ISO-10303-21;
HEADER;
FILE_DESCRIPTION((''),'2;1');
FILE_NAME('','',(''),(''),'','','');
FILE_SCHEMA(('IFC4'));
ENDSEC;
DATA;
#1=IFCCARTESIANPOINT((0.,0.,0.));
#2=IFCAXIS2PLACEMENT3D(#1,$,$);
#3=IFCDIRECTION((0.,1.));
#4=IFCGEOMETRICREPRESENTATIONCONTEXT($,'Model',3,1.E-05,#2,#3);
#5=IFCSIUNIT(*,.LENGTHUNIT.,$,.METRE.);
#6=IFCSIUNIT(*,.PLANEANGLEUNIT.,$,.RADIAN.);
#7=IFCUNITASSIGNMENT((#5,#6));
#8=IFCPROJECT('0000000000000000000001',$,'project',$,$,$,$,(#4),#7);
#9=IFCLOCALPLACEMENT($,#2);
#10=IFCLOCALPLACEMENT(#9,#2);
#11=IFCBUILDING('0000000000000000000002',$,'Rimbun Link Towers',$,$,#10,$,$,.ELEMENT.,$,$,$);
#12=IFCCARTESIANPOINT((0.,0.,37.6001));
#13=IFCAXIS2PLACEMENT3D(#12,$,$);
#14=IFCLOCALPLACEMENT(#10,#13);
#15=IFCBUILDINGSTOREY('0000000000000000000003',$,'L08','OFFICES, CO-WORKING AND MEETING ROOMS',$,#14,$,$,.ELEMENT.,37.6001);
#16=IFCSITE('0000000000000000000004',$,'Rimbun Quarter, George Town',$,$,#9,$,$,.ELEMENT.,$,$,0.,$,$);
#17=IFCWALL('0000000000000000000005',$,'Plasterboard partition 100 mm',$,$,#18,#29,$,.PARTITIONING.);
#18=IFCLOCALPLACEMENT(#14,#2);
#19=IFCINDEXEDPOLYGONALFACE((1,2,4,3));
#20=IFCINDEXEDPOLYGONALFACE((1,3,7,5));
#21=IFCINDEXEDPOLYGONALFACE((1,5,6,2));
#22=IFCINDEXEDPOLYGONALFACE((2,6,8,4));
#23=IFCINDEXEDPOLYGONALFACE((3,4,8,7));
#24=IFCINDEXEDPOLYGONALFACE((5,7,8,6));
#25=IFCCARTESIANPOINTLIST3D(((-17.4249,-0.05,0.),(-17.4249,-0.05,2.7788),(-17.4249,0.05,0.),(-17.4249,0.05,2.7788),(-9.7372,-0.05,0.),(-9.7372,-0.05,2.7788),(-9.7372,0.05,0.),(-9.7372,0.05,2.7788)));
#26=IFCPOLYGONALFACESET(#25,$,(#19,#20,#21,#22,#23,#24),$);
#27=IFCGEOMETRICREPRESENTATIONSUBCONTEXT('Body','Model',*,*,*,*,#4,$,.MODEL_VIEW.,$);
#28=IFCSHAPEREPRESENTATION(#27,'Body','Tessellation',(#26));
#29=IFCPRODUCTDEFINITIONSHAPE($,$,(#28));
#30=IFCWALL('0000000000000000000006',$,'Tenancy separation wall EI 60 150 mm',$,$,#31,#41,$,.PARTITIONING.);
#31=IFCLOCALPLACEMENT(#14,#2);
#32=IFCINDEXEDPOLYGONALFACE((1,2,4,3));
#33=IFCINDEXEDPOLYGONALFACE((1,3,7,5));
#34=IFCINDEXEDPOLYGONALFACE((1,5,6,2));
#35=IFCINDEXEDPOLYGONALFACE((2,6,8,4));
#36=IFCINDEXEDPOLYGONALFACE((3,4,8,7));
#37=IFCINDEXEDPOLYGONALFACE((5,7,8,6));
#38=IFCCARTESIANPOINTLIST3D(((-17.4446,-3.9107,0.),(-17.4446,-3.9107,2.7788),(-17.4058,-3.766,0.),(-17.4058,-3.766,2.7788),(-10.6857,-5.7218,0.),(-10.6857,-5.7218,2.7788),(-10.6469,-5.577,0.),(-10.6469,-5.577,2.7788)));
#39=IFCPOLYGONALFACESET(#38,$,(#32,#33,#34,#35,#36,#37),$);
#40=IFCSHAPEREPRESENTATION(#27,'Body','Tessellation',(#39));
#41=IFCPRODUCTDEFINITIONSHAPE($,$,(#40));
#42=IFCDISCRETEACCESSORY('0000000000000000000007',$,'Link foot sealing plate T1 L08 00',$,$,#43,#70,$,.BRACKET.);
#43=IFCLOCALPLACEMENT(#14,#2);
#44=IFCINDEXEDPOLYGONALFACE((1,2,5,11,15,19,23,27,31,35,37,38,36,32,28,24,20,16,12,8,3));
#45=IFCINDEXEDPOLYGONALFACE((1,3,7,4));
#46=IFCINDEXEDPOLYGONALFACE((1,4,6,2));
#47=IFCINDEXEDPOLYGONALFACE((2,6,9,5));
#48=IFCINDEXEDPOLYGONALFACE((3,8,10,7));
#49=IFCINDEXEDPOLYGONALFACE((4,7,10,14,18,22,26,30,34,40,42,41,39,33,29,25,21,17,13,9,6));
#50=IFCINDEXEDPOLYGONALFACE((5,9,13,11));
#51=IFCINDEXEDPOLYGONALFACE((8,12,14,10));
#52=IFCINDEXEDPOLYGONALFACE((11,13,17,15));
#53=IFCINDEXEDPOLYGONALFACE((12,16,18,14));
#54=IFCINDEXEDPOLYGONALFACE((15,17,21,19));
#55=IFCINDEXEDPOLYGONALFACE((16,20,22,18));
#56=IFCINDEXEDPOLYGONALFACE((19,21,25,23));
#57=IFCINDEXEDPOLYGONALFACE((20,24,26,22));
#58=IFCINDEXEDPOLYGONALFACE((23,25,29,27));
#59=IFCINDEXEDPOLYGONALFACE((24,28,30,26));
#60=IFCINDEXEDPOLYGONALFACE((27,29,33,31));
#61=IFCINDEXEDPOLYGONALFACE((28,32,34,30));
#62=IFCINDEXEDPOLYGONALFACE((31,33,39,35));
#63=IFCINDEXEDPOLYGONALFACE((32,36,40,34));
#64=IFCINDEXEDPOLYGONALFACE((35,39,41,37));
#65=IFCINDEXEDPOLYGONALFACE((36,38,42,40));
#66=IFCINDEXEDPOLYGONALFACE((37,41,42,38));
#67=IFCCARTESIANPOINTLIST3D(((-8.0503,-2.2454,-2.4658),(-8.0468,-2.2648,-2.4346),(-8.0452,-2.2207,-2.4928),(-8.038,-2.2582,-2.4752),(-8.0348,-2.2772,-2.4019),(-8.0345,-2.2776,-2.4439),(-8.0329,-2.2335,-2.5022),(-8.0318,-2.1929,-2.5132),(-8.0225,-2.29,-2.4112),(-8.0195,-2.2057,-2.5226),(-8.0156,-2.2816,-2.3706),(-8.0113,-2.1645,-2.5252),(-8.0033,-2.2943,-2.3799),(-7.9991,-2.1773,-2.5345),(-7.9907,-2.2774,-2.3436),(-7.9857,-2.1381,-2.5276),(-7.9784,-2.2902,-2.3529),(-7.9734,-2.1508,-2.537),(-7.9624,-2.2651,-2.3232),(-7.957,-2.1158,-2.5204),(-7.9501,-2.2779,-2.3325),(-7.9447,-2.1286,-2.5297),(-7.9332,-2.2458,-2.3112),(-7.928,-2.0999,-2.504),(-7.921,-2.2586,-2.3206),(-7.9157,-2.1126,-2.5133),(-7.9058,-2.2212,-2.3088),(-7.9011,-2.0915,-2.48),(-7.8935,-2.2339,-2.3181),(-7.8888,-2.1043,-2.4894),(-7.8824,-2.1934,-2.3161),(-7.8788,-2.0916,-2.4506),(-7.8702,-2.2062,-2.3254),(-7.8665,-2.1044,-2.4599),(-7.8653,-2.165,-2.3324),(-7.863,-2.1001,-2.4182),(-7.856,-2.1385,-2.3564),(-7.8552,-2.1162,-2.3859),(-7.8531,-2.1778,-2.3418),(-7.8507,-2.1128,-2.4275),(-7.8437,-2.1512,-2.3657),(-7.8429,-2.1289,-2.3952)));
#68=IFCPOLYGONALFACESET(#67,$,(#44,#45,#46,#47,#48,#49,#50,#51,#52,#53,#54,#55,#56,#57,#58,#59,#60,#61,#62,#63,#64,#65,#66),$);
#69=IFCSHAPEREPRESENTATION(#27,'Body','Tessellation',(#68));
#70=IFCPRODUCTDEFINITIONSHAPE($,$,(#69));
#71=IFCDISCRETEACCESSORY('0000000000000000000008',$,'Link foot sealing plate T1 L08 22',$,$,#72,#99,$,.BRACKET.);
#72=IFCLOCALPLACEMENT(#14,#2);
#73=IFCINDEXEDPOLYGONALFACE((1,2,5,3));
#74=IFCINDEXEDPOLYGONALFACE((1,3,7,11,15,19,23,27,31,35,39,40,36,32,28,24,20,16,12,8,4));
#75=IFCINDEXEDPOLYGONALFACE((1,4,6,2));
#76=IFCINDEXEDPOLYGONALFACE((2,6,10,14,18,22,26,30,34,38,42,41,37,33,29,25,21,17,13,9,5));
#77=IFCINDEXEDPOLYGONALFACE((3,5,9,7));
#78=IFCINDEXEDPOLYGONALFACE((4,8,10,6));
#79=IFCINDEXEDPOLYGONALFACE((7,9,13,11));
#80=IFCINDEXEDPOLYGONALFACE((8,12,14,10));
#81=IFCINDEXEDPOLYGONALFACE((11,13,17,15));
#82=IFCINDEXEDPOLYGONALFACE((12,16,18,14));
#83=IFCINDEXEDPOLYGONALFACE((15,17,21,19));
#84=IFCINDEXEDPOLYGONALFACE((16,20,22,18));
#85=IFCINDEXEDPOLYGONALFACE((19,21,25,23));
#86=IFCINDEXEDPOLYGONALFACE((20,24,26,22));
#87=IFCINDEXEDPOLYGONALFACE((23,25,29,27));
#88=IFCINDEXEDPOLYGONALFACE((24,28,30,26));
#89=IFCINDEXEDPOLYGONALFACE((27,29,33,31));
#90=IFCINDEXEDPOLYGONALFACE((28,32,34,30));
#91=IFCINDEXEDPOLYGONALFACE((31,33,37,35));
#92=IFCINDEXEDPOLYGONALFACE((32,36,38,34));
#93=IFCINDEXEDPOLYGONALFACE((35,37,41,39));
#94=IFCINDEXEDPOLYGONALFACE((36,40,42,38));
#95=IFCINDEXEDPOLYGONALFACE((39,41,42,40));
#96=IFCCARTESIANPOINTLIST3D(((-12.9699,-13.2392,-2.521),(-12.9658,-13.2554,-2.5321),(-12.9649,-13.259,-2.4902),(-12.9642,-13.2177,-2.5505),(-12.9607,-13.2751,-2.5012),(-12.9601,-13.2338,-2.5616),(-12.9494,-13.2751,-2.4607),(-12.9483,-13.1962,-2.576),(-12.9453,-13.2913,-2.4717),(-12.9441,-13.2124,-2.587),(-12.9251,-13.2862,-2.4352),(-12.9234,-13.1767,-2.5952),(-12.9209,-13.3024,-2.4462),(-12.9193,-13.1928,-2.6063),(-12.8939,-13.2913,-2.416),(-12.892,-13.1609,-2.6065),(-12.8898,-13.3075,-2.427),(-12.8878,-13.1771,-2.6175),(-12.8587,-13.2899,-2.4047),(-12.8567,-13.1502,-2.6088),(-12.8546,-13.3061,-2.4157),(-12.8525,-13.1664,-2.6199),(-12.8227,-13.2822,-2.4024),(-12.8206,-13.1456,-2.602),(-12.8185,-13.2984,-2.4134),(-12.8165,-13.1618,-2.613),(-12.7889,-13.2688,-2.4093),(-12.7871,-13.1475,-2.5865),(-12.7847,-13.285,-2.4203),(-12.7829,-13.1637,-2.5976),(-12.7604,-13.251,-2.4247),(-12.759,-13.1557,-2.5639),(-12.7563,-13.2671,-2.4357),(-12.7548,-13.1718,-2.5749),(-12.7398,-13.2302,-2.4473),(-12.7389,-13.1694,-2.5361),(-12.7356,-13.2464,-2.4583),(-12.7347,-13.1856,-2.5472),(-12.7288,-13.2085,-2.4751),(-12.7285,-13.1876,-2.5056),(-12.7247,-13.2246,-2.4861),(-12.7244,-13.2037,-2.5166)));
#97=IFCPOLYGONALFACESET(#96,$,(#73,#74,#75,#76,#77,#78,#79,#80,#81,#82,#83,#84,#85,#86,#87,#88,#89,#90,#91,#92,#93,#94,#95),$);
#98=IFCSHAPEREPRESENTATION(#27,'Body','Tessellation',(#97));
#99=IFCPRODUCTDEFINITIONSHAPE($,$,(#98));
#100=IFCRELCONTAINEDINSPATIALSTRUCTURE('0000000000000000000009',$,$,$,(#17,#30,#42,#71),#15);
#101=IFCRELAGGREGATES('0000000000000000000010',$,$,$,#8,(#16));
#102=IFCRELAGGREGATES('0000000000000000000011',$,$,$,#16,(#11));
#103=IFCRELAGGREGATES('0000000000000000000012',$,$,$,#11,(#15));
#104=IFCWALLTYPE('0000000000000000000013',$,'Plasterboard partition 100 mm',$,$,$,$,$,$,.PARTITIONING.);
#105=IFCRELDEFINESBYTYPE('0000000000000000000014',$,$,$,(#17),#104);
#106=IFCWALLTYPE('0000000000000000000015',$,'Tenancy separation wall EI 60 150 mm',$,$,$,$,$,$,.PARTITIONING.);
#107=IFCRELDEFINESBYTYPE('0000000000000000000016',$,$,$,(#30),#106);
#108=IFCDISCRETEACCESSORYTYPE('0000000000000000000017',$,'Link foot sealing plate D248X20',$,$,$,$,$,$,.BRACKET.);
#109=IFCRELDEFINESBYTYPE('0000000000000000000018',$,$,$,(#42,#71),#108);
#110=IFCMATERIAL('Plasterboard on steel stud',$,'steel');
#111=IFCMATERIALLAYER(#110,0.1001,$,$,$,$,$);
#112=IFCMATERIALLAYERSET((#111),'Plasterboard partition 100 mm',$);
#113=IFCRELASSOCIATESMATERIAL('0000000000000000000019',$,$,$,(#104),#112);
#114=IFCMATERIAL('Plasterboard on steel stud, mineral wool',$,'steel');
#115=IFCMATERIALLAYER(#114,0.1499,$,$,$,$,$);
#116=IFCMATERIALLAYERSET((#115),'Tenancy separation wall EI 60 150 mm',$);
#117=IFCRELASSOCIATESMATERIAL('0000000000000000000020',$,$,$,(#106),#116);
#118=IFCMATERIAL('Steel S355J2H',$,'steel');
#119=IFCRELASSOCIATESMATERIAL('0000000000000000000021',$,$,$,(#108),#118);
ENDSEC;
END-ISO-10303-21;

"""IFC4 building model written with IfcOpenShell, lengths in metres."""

from ifc_helpers import new_model, si_unit, direction, frame, frame_2d, origin, origin_2d, place, context, subcontext, project, spatial, rectangle, circle, extrude, material, layer, layer_set, material_profile, profile_set, type_object, element, save


model = new_model("IFC4")

# Units and contexts
model_context = context("Model", 3, precision=1e-05, world=origin(), true_north=direction((0.0, 1.0)))
body_context = subcontext(model_context, "Body", "Model", "MODEL_VIEW")
ifc_project = project(units=[si_unit("LENGTHUNIT", "METRE"), si_unit("PLANEANGLEUNIT", "RADIAN")], contexts=[model_context])

# Site, building, storey
site_placement = place(None, origin())
site = spatial("IfcSite", under=ifc_project, at=site_placement, Name="Rimbun Quarter, George Town", CompositionType="ELEMENT", RefElevation=0.0)
building_placement = place(site_placement, origin())
building = spatial("IfcBuilding", under=site, at=building_placement, Name="Rimbun Link Towers", CompositionType="ELEMENT")
storey_placement = place(building_placement, frame((0.0, 0.0, 37.6001)))
storey = spatial("IfcBuildingStorey", under=building, at=storey_placement, Name="L08", Description="OFFICES, CO-WORKING AND MEETING ROOMS", CompositionType="ELEMENT", Elevation=37.6001)

# Shared definitions
ifc_material_1 = material(Name="Plasterboard on steel stud", Category="steel")
ifc_layer_1 = layer(ifc_material_1, 0.1001)
ifc_layer_set_1 = layer_set([ifc_layer_1], Name="Plasterboard partition 100 mm")
wall_type_1 = type_object("IfcWallType", Name="Plasterboard partition 100 mm", PredefinedType="PARTITIONING", material=ifc_layer_set_1)

# Walls
wall_1_placement = place(storey_placement, frame((-9.7373, 0.0, 0.0), z_axis=(0.0, 0.0, 1.0), x_axis=(-1.0, 0.0, 0.0)))
element("IfcWall", 1, at=wall_1_placement, inside=storey, type_object=wall_type_1, Name="Plasterboard partition 100 mm", PredefinedType="PARTITIONING", context=body_context, shape_type="SweptSolid", body=[
    extrude(rectangle(XDim=7.6877, YDim=0.1001, at=frame_2d((3.8438, 0.0))), origin(), (0.0, 0.0, 1.0), 2.7788),
])
ifc_material_2 = material(Name="Plasterboard on steel stud, mineral wool", Category="steel")
ifc_layer_2 = layer(ifc_material_2, 0.1499)
ifc_layer_set_2 = layer_set([ifc_layer_2], Name="Tenancy separation wall EI 60 150 mm")
wall_type_2 = type_object("IfcWallType", Name="Tenancy separation wall EI 60 150 mm", PredefinedType="PARTITIONING", material=ifc_layer_set_2)
wall_2_placement = place(storey_placement, frame((-17.425, -3.8384, 0.0), z_axis=(0.0, 0.0, 1.0), x_axis=(0.965925, -0.258822, 0.0)))
element("IfcWall", 2, at=wall_2_placement, inside=storey, type_object=wall_type_2, Name="Tenancy separation wall EI 60 150 mm", PredefinedType="PARTITIONING", context=body_context, shape_type="SweptSolid", body=[
    extrude(rectangle(XDim=6.9973, YDim=0.1499, at=frame_2d((3.4985, 0.0))), origin(), (0.0, 0.0, 1.0), 2.7788),
])

# Discrete accessories
ifc_material_3 = material(Name="Steel S355J2H", Category="steel")
ifc_material_profile_1 = material_profile(ifc_material_3, circle(Radius=0.124, at=origin_2d()), Name="PL D248")
ifc_profile_set_1 = profile_set([ifc_material_profile_1], Name="Steel S355J2H")
discrete_accessory_type = type_object("IfcDiscreteAccessoryType", Name="Link foot sealing plate D248X20", PredefinedType="BRACKET", material=ifc_profile_set_1)
for number, where, z_axis, x_axis, name in (
    (3, (-7.9524, -2.186, -2.4182), (0.613232, -0.637761, -0.466056), (0.720833, 0.693109, 0.0), "Link foot sealing plate T1 L08 00"),
    (4, (-12.8486, -13.2185, -2.5056), (0.208155, -0.80813, -0.550997), (0.968392, 0.249434, 0.0), "Link foot sealing plate T1 L08 22"),
):
    element("IfcDiscreteAccessory", number, at=place(storey_placement, frame(where, z_axis=z_axis, x_axis=x_axis)), inside=storey, type_object=discrete_accessory_type, Name=name, PredefinedType="BRACKET", context=body_context, shape_type="SweptSolid", body=[
        extrude(circle(Radius=0.124, at=origin_2d()), origin(), (0.0, 0.0, 1.0), 0.02),
    ])

save(model, "model.ifc")
